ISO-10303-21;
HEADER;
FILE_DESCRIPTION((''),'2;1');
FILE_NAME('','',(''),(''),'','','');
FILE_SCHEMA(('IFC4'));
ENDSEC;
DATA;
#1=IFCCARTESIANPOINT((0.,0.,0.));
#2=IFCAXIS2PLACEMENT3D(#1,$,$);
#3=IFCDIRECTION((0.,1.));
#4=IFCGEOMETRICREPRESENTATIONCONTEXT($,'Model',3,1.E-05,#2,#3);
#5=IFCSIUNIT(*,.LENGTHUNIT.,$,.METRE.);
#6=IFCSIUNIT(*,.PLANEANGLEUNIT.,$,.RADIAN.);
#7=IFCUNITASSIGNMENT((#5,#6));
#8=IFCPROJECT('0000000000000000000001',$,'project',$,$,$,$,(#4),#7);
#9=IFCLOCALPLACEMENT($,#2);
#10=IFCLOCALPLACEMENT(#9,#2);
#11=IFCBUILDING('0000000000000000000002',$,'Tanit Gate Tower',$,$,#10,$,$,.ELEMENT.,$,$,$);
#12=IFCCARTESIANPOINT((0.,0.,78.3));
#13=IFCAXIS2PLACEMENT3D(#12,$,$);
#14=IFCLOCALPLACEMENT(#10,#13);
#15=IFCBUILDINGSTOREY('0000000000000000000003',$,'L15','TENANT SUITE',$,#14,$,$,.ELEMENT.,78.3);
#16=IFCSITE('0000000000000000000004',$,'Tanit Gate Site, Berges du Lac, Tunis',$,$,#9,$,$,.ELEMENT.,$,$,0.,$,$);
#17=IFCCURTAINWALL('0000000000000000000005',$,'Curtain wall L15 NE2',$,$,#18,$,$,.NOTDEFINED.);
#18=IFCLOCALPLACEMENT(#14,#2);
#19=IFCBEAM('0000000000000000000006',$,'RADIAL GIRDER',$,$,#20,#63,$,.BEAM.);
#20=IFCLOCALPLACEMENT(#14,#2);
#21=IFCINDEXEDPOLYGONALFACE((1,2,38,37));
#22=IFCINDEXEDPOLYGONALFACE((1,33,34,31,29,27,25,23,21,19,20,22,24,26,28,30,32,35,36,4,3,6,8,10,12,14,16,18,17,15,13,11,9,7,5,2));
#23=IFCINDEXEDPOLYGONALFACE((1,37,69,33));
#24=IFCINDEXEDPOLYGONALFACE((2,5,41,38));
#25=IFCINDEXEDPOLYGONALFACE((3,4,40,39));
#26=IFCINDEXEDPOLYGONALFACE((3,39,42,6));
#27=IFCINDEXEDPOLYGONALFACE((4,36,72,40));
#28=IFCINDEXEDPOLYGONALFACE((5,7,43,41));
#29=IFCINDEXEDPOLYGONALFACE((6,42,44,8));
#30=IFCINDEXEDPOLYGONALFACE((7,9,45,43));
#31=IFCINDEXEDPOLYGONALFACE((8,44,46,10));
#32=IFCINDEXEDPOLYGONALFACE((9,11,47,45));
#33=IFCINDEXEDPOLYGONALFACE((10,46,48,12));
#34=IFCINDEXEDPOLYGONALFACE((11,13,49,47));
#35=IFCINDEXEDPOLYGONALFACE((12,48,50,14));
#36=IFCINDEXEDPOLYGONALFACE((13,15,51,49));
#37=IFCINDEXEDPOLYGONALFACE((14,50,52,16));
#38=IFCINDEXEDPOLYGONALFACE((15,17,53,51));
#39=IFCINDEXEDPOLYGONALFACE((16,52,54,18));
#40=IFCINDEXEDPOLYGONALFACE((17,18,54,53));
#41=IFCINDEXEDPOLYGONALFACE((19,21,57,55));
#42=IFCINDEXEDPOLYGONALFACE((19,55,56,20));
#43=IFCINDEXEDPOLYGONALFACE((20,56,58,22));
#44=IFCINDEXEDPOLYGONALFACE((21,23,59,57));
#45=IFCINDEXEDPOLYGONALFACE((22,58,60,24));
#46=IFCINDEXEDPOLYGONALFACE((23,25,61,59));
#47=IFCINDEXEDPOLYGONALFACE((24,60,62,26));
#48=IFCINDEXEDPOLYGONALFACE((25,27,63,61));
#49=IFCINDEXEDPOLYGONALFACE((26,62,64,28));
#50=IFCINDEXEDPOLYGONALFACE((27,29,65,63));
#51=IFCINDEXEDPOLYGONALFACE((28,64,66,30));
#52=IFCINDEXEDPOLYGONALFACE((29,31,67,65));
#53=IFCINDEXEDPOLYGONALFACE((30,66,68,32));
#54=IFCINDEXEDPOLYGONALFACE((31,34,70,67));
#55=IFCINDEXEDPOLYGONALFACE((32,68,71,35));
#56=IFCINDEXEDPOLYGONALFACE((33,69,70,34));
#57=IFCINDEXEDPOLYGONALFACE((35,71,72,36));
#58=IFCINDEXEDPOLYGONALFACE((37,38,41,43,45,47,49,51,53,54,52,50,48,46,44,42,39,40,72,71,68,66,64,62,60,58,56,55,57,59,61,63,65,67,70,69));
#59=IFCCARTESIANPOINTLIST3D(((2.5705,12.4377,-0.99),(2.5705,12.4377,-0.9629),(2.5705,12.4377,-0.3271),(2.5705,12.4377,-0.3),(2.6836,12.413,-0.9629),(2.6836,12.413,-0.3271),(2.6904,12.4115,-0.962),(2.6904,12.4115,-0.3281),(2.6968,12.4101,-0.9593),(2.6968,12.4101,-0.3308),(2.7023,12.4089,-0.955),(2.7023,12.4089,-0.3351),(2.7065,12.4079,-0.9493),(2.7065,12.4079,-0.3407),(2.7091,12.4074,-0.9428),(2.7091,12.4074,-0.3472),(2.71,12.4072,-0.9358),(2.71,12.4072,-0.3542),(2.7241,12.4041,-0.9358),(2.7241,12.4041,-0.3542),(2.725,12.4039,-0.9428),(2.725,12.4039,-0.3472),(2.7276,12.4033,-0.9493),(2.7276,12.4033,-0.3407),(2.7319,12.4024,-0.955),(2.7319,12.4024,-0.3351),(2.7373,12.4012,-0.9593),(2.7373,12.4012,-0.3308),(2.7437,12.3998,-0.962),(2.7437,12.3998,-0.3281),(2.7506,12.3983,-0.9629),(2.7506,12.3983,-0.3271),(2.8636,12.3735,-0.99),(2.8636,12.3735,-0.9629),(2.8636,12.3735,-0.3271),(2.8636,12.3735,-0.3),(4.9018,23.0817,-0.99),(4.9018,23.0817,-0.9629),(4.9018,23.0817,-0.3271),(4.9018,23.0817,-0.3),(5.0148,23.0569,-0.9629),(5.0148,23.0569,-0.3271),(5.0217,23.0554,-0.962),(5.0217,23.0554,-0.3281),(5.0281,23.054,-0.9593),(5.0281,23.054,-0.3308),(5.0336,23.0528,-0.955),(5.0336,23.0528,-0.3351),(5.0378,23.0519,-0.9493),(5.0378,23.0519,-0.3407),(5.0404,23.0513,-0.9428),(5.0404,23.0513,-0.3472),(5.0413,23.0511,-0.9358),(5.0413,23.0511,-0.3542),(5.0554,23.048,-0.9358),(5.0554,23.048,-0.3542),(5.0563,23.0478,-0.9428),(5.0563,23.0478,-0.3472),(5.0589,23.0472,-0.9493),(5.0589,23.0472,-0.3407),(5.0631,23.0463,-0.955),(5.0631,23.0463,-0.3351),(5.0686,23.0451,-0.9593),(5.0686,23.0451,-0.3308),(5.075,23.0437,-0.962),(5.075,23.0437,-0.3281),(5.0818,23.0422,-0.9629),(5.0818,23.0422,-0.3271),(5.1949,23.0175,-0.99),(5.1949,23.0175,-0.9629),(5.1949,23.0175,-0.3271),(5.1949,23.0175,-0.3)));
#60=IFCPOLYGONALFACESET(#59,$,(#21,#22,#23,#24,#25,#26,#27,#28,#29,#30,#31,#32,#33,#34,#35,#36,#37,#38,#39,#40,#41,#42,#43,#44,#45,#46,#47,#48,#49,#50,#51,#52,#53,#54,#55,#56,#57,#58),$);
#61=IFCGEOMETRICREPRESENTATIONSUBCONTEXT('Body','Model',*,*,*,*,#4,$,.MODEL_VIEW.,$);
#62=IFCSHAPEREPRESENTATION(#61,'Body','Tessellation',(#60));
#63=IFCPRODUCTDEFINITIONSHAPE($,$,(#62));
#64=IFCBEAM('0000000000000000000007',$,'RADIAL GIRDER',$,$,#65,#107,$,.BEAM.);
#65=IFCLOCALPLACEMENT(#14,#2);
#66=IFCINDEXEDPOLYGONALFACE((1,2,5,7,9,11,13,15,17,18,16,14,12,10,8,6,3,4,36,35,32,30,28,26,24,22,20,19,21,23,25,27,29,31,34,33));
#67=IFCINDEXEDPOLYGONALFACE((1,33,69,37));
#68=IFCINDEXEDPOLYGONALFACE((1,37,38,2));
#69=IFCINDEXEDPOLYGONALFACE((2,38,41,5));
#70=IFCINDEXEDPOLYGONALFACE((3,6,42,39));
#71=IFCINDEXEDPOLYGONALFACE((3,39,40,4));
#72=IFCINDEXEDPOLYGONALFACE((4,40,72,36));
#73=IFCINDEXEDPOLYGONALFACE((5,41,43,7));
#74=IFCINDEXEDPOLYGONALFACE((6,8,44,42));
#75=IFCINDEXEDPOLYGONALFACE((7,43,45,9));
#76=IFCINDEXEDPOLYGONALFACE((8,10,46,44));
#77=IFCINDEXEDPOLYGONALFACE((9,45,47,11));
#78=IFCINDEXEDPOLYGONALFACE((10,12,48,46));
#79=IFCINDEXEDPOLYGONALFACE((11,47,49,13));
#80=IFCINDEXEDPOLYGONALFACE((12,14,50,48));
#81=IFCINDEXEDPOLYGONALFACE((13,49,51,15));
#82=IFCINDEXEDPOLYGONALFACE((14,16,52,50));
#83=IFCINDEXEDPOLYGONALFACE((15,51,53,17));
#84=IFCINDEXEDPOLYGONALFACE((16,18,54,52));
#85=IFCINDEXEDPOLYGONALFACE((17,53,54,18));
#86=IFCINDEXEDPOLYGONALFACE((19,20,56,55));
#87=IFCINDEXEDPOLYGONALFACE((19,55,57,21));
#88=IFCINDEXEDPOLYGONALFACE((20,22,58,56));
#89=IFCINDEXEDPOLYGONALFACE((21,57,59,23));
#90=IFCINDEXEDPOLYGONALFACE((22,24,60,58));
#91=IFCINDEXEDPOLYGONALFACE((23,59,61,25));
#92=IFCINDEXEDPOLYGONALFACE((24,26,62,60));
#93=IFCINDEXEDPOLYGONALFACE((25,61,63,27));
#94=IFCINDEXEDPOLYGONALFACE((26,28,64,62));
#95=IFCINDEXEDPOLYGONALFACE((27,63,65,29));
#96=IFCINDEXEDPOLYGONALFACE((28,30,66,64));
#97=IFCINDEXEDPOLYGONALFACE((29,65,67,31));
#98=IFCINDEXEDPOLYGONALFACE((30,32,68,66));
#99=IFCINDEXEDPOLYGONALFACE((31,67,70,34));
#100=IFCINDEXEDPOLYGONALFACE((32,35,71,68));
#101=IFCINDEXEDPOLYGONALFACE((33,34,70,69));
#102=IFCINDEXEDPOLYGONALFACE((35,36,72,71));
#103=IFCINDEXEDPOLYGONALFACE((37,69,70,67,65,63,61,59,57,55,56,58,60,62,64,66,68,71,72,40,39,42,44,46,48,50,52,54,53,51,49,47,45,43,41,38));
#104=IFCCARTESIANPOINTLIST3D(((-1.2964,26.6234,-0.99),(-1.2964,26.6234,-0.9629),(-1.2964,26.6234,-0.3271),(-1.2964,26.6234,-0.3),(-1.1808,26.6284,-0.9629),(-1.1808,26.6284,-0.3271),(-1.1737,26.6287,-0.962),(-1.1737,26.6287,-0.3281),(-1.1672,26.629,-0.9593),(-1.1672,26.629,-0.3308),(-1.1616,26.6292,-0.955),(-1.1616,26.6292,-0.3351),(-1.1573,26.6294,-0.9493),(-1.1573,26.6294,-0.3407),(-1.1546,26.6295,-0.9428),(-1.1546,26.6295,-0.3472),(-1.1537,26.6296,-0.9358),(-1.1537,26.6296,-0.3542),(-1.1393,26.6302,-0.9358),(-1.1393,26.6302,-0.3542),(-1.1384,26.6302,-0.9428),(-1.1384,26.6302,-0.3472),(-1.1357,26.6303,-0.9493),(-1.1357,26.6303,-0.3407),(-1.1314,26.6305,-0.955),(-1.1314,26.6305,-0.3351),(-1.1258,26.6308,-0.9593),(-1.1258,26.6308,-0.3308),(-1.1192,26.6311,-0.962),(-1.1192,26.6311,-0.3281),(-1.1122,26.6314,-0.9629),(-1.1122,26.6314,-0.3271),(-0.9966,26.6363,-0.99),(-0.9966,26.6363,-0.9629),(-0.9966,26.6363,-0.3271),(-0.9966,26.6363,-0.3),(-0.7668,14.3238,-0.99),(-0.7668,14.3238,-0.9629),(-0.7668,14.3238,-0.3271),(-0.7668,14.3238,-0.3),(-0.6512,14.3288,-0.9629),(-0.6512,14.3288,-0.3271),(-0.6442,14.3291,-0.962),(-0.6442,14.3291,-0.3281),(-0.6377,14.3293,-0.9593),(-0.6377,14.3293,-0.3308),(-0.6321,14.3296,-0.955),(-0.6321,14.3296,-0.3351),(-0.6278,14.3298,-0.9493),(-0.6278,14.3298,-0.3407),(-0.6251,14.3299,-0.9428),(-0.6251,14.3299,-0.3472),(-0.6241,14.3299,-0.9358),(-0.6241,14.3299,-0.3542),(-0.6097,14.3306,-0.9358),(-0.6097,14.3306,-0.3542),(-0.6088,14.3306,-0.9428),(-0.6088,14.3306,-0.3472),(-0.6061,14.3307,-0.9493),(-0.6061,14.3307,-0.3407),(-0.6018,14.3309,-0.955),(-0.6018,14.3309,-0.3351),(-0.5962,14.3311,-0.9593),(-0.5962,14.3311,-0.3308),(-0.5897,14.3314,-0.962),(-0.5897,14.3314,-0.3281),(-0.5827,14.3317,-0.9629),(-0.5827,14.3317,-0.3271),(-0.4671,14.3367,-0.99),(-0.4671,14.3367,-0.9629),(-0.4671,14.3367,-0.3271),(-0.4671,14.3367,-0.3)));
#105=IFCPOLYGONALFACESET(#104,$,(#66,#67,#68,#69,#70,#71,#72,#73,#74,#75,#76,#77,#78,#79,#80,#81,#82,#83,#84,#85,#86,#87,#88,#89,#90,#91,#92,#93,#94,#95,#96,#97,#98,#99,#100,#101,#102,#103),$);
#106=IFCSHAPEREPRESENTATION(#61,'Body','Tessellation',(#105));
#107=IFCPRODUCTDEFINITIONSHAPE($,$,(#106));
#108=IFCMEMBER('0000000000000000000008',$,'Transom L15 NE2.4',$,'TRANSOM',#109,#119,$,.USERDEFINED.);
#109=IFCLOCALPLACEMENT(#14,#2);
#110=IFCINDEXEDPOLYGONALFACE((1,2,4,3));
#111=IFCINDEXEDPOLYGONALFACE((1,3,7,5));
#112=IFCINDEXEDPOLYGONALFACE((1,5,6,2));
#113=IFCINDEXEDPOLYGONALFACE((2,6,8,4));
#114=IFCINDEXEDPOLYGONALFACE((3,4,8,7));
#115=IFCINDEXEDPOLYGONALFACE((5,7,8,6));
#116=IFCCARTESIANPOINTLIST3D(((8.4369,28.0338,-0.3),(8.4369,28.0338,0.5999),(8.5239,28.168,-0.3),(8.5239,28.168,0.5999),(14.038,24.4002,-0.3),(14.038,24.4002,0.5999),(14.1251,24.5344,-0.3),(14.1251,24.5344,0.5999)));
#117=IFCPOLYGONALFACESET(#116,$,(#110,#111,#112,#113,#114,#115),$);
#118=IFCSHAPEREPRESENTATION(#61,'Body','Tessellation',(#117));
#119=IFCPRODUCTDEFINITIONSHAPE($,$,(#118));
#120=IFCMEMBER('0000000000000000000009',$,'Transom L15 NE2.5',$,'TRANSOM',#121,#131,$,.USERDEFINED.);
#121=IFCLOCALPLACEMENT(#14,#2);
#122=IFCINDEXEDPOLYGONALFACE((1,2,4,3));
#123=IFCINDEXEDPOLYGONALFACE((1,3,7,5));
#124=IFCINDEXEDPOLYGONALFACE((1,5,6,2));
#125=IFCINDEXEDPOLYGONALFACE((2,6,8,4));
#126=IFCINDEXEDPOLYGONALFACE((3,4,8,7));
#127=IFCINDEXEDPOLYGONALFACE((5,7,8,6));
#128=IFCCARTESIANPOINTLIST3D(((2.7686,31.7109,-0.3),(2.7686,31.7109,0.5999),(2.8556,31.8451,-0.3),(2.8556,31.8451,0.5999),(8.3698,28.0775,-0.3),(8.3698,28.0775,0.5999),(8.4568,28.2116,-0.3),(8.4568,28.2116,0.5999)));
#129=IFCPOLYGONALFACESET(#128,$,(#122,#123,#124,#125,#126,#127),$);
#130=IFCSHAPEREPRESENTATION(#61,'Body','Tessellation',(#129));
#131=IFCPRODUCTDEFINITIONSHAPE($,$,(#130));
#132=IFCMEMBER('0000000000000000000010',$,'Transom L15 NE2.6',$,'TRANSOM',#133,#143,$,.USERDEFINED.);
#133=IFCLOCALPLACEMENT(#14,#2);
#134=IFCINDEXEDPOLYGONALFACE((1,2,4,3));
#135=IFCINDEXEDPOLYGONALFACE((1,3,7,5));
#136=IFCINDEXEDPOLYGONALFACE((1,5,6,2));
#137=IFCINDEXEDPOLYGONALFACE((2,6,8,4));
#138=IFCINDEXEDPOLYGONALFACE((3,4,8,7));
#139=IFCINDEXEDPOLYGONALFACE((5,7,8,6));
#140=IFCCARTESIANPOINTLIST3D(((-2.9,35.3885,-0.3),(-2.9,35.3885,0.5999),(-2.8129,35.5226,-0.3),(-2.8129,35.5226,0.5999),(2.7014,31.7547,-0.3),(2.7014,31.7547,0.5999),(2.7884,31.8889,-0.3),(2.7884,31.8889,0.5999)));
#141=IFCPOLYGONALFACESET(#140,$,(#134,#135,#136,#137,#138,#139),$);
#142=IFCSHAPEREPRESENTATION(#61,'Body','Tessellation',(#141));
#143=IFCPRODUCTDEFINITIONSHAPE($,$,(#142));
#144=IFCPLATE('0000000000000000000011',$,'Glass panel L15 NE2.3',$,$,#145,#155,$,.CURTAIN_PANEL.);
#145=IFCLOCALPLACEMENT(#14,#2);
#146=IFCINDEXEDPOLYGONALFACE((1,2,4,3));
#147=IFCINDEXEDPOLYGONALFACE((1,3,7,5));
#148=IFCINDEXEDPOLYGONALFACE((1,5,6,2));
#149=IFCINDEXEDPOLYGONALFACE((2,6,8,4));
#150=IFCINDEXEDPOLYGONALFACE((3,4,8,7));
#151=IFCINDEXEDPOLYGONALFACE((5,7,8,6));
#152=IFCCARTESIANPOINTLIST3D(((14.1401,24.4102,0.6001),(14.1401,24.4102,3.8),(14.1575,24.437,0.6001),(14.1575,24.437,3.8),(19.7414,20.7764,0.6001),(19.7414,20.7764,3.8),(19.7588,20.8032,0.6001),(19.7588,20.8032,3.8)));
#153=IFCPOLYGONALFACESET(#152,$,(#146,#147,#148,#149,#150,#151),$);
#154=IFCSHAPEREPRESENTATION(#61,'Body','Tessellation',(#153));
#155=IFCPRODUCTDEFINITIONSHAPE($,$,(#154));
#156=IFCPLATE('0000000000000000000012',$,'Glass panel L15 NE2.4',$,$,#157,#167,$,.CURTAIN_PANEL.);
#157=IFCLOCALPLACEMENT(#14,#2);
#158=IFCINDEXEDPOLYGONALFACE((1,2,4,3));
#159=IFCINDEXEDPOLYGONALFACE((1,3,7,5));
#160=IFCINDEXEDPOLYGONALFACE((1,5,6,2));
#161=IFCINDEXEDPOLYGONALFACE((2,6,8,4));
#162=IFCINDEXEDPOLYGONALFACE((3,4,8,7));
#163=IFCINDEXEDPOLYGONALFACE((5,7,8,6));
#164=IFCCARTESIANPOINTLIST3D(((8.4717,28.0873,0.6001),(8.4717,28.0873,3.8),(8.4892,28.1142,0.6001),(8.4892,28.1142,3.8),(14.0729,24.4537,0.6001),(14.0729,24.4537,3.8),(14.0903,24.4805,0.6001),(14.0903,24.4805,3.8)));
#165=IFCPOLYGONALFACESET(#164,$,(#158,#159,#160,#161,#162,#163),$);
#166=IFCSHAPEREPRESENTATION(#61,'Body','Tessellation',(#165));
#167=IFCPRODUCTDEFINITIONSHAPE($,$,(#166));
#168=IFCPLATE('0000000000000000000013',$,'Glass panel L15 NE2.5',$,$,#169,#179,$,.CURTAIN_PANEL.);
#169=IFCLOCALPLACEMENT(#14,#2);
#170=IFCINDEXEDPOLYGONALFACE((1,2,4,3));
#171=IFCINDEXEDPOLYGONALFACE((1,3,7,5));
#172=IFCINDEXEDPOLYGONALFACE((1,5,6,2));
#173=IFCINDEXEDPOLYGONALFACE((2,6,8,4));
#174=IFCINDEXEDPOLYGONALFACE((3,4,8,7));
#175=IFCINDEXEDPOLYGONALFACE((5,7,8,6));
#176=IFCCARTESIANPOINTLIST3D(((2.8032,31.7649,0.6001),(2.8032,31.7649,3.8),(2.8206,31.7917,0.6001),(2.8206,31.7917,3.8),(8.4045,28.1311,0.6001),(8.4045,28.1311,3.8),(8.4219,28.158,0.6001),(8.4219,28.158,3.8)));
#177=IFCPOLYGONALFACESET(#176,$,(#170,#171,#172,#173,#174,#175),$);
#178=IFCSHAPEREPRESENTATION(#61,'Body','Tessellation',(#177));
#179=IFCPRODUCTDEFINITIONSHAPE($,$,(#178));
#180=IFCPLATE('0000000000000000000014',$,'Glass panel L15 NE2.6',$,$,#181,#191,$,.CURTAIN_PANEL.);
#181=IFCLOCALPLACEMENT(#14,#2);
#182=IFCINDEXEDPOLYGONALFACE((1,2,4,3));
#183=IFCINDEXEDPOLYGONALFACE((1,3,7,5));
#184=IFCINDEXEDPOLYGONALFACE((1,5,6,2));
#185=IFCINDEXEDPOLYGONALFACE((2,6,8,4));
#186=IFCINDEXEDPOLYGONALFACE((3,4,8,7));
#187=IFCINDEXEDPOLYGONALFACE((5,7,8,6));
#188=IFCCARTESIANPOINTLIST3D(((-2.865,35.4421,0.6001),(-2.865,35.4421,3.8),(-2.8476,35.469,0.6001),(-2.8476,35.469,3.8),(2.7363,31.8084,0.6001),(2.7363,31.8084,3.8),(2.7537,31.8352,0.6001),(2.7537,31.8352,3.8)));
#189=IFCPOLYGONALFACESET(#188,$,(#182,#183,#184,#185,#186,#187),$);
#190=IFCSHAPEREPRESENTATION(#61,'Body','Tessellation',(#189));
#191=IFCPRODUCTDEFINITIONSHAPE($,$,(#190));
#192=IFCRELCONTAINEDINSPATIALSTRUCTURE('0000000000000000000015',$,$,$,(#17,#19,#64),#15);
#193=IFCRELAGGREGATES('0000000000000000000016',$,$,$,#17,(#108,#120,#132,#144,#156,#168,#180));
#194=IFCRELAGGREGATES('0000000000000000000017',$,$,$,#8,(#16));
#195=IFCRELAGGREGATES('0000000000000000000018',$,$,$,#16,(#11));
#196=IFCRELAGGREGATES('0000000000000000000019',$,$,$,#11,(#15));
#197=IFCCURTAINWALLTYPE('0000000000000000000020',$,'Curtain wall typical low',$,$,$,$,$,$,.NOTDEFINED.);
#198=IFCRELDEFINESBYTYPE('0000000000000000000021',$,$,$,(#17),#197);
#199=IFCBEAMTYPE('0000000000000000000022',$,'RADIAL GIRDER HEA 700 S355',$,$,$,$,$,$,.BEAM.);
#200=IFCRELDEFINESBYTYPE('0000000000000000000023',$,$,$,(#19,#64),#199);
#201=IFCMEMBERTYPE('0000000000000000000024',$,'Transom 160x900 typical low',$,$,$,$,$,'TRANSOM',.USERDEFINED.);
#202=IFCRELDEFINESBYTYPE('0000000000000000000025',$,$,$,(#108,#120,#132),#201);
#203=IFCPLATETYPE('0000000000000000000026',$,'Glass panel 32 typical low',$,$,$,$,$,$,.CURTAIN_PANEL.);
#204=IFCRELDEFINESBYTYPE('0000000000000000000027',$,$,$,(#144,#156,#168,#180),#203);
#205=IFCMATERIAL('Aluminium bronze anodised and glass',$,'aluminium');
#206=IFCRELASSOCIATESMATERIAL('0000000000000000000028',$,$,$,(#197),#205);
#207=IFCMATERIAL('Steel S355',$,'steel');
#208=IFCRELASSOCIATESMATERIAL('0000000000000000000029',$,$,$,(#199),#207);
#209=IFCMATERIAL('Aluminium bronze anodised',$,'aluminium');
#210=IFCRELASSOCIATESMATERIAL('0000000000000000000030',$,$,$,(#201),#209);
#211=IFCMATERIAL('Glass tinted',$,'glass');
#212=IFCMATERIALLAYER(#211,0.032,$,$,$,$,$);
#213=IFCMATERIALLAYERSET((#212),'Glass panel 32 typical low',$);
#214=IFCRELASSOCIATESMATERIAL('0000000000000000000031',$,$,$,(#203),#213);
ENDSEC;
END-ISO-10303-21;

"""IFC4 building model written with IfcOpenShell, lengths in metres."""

from ifc_helpers import new_model, si_unit, direction, frame, origin, origin_2d, place, context, subcontext, project, spatial, rectangle, i_section, extrude, material, layer, layer_set, material_profile, profile_set, type_object, element, aggregate, save


model = new_model("IFC4")

# Units and contexts
model_context = context("Model", 3, precision=1e-05, world=origin(), true_north=direction((0.0, 1.0)))
body_context = subcontext(model_context, "Body", "Model", "MODEL_VIEW")
ifc_project = project(units=[si_unit("LENGTHUNIT", "METRE"), si_unit("PLANEANGLEUNIT", "RADIAN")], contexts=[model_context])

# Site, building, storey
site_placement = place(None, origin())
site = spatial("IfcSite", under=ifc_project, at=site_placement, Name="Tanit Gate Site, Berges du Lac, Tunis", CompositionType="ELEMENT", RefElevation=0.0)
building_placement = place(site_placement, origin())
building = spatial("IfcBuilding", under=site, at=building_placement, Name="Tanit Gate Tower", CompositionType="ELEMENT")
storey_placement = place(building_placement, frame((0.0, 0.0, 78.3)))
storey = spatial("IfcBuildingStorey", under=building, at=storey_placement, Name="L15", Description="TENANT SUITE", CompositionType="ELEMENT", Elevation=78.3)

# Curtain wall
ifc_material_1 = material(Name="Aluminium bronze anodised and glass", Category="aluminium")
curtain_wall_type = type_object("IfcCurtainWallType", Name="Curtain wall typical low", PredefinedType="NOTDEFINED", material=ifc_material_1)
curtain_wall_placement = place(storey_placement, origin())
curtain_wall = element("IfcCurtainWall", 1, at=curtain_wall_placement, inside=storey, type_object=curtain_wall_type, Name="Curtain wall L15 NE2", PredefinedType="NOTDEFINED")

# Beams
ifc_material_2 = material(Name="Steel S355", Category="steel")
ifc_material_profile_1 = material_profile(ifc_material_2, i_section(OverallWidth=0.3, OverallDepth=0.6899, WebThickness=0.0144, FlangeThickness=0.0271, FilletRadius=0.0271, at=origin_2d()), Name="HEA 700")
ifc_profile_set_1 = profile_set([ifc_material_profile_1], Name="Steel S355")
beam_type = type_object("IfcBeamType", Name="RADIAL GIRDER HEA 700 S355", PredefinedType="BEAM", material=ifc_profile_set_1)
beam_1_placement = place(storey_placement, frame((5.0483, 23.0496, -0.645), z_axis=(-0.213952, -0.976844, 0.0), x_axis=(0.976844, -0.213952, 0.0)))
element("IfcBeam", 2, at=beam_1_placement, inside=storey, type_object=beam_type, Name="RADIAL GIRDER", PredefinedType="BEAM", context=body_context, shape_type="SweptSolid", body=[
    extrude(i_section(OverallWidth=0.3, OverallDepth=0.6899, WebThickness=0.0144, FlangeThickness=0.0271, FilletRadius=0.0271, at=origin_2d()), origin(), (0.0, 0.0, 1.0), 10.8962),
])
beam_2_placement = place(storey_placement, frame((-1.1465, 26.6299, -0.645), z_axis=(0.043014, -0.999074, 0.0), x_axis=(0.999074, 0.043014, 0.0)))
element("IfcBeam", 3, at=beam_2_placement, inside=storey, type_object=beam_type, Name="RADIAL GIRDER", PredefinedType="BEAM", context=body_context, shape_type="SweptSolid", body=[
    extrude(i_section(OverallWidth=0.3, OverallDepth=0.6899, WebThickness=0.0144, FlangeThickness=0.0271, FilletRadius=0.0271, at=origin_2d()), origin(), (0.0, 0.0, 1.0), 12.311),
])

# Members
ifc_material_3 = material(Name="Aluminium bronze anodised", Category="aluminium")
ifc_material_profile_2 = material_profile(ifc_material_3, rectangle(XDim=0.1599, YDim=0.8999, at=origin_2d()), Name="160x900 bronze transom")
ifc_profile_set_2 = profile_set([ifc_material_profile_2], Name="Aluminium bronze anodised")
member_type_1 = type_object("IfcMemberType", Name="Transom 160x900 typical low", ElementType="TRANSOM", PredefinedType="USERDEFINED", material=ifc_profile_set_2)
member_1_placement = place(storey_placement, frame((14.0815, 24.4673, 0.1499), z_axis=(-0.838933, 0.544235, 0.0), x_axis=(-0.544235, -0.838933, 0.0)))
member_1 = element("IfcMember", 4, at=member_1_placement, type_object=member_type_1, Name="Transom L15 NE2.4", ObjectType="TRANSOM", PredefinedType="USERDEFINED", context=body_context, shape_type="SweptSolid", body=[
    extrude(rectangle(XDim=0.1599, YDim=0.8999, at=origin_2d()), origin(), (0.0, 0.0, 1.0), 6.6765),
])
member_2_placement = place(storey_placement, frame((8.4133, 28.1445, 0.1499), z_axis=(-0.838944, 0.544218, 0.0), x_axis=(-0.544218, -0.838944, 0.0)))
member_2 = element("IfcMember", 5, at=member_2_placement, type_object=member_type_1, Name="Transom L15 NE2.5", ObjectType="TRANSOM", PredefinedType="USERDEFINED", context=body_context, shape_type="SweptSolid", body=[
    extrude(rectangle(XDim=0.1599, YDim=0.8999, at=origin_2d()), origin(), (0.0, 0.0, 1.0), 6.6765),
])
member_3_placement = place(storey_placement, frame((2.7449, 31.8218, 0.1499), z_axis=(-0.838927, 0.544244, 0.0), x_axis=(-0.544244, -0.838927, 0.0)))
member_3 = element("IfcMember", 6, at=member_3_placement, type_object=member_type_1, Name="Transom L15 NE2.6", ObjectType="TRANSOM", PredefinedType="USERDEFINED", context=body_context, shape_type="SweptSolid", body=[
    extrude(rectangle(XDim=0.1599, YDim=0.8999, at=origin_2d()), origin(), (0.0, 0.0, 1.0), 6.6768),
])

# Plates
ifc_material_4 = material(Name="Glass tinted", Category="glass")
ifc_layer_1 = layer(ifc_material_4, 0.032)
ifc_layer_set_1 = layer_set([ifc_layer_1], Name="Glass panel 32 typical low")
plate_type = type_object("IfcPlateType", Name="Glass panel 32 typical low", PredefinedType="CURTAIN_PANEL", material=ifc_layer_set_1)
plate_1_placement = place(storey_placement, frame((16.9495, 22.6067, 0.6001), z_axis=(0.0, 0.0, 1.0), x_axis=(-0.838927, 0.544243, 0.0)))
plate_1 = element("IfcPlate", 7, at=plate_1_placement, type_object=plate_type, Name="Glass panel L15 NE2.3", PredefinedType="CURTAIN_PANEL", context=body_context, shape_type="SweptSolid", body=[
    extrude(rectangle(XDim=6.6768, YDim=0.032, at=origin_2d()), origin(), (0.0, 0.0, 1.0), 3.2),
])
plate_2_placement = place(storey_placement, frame((11.281, 26.2839, 0.6001), z_axis=(0.0, 0.0, 1.0), x_axis=(-0.838927, 0.544243, 0.0)))
plate_2 = element("IfcPlate", 8, at=plate_2_placement, type_object=plate_type, Name="Glass panel L15 NE2.4", PredefinedType="CURTAIN_PANEL", context=body_context, shape_type="SweptSolid", body=[
    extrude(rectangle(XDim=6.6765, YDim=0.032, at=origin_2d()), origin(), (0.0, 0.0, 1.0), 3.2),
])
plate_3_placement = place(storey_placement, frame((5.6125, 29.9614, 0.6001), z_axis=(0.0, 0.0, 1.0), x_axis=(-0.838927, 0.544243, 0.0)))
plate_3 = element("IfcPlate", 9, at=plate_3_placement, type_object=plate_type, Name="Glass panel L15 NE2.5", PredefinedType="CURTAIN_PANEL", context=body_context, shape_type="SweptSolid", body=[
    extrude(rectangle(XDim=6.6768, YDim=0.032, at=origin_2d()), origin(), (0.0, 0.0, 1.0), 3.2),
])
plate_4_placement = place(storey_placement, frame((-0.0557, 33.6387, 0.6001), z_axis=(0.0, 0.0, 1.0), x_axis=(-0.838927, 0.544243, 0.0)))
plate_4 = element("IfcPlate", 10, at=plate_4_placement, type_object=plate_type, Name="Glass panel L15 NE2.6", PredefinedType="CURTAIN_PANEL", context=body_context, shape_type="SweptSolid", body=[
    extrude(rectangle(XDim=6.6768, YDim=0.032, at=origin_2d()), origin(), (0.0, 0.0, 1.0), 3.2),
])
aggregate(curtain_wall, [member_1, member_2, member_3, plate_1, plate_2, plate_3, plate_4])

save(model, "model.ifc")
